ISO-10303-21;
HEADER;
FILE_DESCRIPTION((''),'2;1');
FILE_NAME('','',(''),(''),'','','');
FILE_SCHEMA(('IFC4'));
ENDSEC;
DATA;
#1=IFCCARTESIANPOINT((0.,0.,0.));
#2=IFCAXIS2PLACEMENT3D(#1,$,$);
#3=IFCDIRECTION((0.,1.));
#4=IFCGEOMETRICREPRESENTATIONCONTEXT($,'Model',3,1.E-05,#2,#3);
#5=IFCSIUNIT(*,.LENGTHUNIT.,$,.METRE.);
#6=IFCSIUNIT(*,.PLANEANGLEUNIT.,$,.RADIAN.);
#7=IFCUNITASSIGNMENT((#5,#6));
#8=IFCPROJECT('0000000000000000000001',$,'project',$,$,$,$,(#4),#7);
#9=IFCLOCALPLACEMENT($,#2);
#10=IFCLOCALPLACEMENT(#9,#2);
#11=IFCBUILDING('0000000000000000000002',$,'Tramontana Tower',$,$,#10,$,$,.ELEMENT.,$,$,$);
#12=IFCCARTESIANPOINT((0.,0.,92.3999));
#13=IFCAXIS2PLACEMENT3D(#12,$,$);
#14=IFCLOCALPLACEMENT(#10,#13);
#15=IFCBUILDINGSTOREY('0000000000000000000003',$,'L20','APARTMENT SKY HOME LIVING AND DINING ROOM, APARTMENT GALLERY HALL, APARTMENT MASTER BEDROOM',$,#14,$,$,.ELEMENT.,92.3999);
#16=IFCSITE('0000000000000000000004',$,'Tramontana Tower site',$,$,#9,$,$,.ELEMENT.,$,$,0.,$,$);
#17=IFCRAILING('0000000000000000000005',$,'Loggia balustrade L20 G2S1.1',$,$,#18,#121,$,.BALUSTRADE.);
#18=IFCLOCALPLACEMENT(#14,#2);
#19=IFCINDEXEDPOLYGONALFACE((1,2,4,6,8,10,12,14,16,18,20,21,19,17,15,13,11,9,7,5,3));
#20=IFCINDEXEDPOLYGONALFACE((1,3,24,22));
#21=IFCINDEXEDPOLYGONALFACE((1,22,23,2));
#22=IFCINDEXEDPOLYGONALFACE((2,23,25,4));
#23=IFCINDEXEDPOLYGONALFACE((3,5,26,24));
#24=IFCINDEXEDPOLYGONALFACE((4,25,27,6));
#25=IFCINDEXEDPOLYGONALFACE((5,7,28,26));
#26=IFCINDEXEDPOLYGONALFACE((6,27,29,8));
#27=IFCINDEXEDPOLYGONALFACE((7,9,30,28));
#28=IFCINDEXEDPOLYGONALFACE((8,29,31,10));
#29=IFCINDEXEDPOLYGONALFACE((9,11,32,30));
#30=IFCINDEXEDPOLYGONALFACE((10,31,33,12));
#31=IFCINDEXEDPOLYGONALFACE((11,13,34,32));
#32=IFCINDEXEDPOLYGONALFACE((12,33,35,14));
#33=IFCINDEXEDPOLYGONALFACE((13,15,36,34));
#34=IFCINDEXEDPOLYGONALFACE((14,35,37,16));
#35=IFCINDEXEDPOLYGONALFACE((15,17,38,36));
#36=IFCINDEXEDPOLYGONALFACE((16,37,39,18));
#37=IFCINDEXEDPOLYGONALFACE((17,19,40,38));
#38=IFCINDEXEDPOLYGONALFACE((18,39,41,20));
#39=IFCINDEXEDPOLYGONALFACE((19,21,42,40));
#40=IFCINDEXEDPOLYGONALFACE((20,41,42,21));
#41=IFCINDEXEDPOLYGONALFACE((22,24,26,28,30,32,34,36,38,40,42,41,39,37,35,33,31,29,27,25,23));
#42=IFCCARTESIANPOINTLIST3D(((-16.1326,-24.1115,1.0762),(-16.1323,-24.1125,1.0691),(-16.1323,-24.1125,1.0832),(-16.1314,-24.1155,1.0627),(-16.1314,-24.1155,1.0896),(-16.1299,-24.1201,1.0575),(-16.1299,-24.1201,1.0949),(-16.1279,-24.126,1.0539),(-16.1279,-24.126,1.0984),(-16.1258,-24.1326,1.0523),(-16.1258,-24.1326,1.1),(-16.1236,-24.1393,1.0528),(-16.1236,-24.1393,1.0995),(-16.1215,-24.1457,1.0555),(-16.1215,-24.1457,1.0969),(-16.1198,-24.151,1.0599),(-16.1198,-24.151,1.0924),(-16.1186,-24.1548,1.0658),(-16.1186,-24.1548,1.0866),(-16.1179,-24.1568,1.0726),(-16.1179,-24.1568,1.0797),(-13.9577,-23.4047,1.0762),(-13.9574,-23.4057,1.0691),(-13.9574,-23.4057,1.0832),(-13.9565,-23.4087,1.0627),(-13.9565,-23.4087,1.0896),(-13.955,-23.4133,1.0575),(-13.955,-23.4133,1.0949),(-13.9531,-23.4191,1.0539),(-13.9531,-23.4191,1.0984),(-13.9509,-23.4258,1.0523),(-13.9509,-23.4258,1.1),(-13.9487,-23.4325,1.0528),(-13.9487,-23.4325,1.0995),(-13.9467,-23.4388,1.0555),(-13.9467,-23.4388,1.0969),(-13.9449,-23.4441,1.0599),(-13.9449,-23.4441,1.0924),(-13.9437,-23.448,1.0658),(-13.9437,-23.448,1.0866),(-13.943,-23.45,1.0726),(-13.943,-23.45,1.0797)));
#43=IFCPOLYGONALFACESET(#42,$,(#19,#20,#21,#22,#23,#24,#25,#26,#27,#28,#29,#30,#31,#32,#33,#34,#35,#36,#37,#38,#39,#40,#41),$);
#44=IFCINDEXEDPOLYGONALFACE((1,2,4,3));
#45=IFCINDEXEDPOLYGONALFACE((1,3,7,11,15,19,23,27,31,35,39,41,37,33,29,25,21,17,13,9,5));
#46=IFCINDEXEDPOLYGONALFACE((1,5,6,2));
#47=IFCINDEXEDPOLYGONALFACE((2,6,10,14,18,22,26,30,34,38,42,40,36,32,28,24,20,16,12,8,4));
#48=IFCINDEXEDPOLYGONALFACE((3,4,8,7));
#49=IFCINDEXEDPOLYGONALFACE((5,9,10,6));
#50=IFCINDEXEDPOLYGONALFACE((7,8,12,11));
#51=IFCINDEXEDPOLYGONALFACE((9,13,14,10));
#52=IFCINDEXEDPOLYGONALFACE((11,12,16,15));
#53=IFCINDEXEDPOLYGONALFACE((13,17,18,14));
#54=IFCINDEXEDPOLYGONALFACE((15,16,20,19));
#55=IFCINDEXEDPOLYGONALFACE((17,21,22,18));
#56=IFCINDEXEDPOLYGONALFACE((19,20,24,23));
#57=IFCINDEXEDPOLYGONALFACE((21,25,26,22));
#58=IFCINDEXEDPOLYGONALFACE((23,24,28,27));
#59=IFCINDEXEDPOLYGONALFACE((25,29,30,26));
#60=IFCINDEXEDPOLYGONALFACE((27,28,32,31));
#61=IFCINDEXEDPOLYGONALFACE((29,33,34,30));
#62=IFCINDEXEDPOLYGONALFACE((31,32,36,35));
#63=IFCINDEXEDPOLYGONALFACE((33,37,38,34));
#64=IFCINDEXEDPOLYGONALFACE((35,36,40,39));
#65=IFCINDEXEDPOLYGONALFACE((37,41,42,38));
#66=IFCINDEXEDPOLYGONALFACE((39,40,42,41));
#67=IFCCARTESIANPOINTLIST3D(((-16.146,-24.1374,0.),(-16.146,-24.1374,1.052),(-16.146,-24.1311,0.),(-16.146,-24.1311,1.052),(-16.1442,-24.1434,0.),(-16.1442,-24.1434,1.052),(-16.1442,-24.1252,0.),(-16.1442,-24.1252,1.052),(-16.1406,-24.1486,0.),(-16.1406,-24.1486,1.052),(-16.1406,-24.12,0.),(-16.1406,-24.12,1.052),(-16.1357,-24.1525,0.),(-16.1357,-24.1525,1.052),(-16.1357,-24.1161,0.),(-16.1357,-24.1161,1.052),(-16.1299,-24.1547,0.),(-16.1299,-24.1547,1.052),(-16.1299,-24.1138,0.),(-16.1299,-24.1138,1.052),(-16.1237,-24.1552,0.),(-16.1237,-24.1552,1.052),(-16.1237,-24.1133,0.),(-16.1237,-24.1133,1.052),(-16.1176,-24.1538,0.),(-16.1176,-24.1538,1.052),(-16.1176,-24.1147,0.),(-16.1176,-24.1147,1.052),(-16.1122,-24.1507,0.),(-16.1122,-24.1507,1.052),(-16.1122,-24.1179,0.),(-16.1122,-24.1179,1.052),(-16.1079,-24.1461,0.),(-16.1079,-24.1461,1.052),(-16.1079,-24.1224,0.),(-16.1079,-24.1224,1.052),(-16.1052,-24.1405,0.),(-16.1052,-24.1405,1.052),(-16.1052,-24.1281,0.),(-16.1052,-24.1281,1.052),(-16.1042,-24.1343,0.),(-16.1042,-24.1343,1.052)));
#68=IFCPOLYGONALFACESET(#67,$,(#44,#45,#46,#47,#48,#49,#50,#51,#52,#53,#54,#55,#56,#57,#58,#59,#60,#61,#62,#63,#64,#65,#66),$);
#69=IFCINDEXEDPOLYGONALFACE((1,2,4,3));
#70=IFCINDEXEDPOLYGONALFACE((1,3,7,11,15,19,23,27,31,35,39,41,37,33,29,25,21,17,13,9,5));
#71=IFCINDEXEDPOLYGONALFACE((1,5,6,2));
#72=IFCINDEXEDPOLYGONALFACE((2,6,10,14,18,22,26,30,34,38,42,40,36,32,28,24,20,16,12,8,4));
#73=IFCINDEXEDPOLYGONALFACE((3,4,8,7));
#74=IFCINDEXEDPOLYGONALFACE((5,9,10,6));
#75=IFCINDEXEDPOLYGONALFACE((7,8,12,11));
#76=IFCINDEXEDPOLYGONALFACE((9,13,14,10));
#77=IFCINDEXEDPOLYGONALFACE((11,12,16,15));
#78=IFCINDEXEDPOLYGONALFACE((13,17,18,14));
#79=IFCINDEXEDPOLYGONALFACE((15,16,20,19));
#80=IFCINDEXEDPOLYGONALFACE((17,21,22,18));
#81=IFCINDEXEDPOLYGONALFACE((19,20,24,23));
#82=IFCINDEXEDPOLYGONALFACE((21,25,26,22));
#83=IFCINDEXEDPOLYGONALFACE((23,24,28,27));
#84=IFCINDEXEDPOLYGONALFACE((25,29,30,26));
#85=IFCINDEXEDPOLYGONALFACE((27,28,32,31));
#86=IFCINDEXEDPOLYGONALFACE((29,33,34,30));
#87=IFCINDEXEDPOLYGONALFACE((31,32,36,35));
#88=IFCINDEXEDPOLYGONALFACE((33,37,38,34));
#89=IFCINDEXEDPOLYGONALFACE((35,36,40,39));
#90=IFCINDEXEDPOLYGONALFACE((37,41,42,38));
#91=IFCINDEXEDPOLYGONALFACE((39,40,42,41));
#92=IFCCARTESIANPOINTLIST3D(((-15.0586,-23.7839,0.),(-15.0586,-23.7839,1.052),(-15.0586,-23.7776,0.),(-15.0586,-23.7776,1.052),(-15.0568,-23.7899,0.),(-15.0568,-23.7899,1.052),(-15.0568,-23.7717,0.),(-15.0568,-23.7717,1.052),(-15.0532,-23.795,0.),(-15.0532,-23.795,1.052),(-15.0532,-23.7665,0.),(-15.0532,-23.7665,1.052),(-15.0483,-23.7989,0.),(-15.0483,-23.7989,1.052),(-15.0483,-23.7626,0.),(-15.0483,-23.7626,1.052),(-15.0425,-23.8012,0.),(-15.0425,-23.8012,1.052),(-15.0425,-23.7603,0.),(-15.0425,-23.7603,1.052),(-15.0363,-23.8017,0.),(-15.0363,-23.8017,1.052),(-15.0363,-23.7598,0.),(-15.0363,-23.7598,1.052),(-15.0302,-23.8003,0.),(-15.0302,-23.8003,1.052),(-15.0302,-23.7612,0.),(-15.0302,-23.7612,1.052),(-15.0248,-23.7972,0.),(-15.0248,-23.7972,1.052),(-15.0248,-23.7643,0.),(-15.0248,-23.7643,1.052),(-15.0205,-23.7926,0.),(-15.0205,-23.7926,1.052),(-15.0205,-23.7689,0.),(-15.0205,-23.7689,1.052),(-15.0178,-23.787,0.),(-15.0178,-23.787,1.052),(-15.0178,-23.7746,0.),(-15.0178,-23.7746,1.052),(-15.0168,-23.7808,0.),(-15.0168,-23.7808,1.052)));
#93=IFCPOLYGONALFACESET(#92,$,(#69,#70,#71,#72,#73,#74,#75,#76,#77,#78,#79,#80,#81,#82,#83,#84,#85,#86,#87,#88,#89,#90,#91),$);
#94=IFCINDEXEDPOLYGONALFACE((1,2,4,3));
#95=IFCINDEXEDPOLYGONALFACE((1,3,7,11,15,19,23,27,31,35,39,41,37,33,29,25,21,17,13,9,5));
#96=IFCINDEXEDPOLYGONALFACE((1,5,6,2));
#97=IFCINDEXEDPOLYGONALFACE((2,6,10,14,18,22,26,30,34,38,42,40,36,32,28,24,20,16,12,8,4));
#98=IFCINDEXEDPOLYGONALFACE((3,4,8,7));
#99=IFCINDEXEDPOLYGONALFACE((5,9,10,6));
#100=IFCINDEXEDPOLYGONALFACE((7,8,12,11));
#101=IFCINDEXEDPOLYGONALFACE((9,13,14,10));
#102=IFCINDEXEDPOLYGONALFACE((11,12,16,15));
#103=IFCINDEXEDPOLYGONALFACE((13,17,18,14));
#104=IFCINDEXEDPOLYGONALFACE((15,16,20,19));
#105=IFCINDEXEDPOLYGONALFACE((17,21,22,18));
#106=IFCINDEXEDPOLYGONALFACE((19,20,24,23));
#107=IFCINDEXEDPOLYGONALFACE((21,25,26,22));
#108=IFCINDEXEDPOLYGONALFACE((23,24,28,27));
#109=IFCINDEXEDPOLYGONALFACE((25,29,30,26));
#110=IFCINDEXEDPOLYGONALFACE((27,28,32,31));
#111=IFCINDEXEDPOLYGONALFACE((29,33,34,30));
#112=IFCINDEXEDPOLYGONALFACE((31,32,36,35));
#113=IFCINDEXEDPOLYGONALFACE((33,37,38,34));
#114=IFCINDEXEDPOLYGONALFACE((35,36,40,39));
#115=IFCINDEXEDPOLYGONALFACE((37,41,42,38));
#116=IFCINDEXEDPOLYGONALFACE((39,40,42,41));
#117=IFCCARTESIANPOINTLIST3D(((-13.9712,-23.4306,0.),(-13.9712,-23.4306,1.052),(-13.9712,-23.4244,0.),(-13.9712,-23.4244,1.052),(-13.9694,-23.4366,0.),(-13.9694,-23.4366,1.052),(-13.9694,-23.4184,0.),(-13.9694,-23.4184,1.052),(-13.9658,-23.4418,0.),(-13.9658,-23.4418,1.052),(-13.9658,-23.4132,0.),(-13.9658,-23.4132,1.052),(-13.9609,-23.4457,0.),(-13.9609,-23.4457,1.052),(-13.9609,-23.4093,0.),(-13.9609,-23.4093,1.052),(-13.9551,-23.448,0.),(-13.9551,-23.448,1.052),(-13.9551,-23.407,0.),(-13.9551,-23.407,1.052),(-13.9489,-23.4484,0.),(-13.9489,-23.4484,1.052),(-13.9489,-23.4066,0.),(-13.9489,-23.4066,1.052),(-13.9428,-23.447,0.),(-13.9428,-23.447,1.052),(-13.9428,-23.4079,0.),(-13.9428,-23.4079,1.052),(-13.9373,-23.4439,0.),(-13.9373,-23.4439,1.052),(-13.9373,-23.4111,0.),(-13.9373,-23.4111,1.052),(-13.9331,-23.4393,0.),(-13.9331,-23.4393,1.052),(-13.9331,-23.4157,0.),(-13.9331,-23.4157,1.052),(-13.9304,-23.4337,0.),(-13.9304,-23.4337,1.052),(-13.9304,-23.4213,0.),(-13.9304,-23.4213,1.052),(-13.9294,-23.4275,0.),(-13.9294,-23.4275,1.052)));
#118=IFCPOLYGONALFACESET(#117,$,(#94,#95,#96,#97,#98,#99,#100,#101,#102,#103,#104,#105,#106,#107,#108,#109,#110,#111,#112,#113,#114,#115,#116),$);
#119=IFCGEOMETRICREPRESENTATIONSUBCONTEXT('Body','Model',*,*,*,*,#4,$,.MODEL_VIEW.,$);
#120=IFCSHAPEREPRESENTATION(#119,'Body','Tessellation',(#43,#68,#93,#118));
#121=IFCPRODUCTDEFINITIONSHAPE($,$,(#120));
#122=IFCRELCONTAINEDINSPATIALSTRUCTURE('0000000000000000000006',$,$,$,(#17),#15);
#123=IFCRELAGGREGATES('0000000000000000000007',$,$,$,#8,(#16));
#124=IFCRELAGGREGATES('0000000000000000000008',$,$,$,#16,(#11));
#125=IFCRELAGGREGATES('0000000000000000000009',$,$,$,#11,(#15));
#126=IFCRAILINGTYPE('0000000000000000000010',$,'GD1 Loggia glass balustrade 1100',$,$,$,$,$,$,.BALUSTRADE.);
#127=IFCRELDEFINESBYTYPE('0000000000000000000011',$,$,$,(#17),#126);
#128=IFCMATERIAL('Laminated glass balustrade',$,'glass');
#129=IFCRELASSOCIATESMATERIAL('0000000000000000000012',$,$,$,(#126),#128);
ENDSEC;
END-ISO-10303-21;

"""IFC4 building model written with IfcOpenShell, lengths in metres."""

from ifc_helpers import new_model, si_unit, direction, frame, origin, origin_2d, place, context, subcontext, project, spatial, circle, extrude, material, type_object, element, save


model = new_model("IFC4")

# Units and contexts
model_context = context("Model", 3, precision=1e-05, world=origin(), true_north=direction((0.0, 1.0)))
body_context = subcontext(model_context, "Body", "Model", "MODEL_VIEW")
ifc_project = project(units=[si_unit("LENGTHUNIT", "METRE"), si_unit("PLANEANGLEUNIT", "RADIAN")], contexts=[model_context])

# Site, building, storey
site_placement = place(None, origin())
site = spatial("IfcSite", under=ifc_project, at=site_placement, Name="Tramontana Tower site", CompositionType="ELEMENT", RefElevation=0.0)
building_placement = place(site_placement, origin())
building = spatial("IfcBuilding", under=site, at=building_placement, Name="Tramontana Tower", CompositionType="ELEMENT")
storey_placement = place(building_placement, frame((0.0, 0.0, 92.3999)))
storey = spatial("IfcBuildingStorey", under=building, at=storey_placement, Name="L20", Description="APARTMENT SKY HOME LIVING AND DINING ROOM, APARTMENT GALLERY HALL, APARTMENT MASTER BEDROOM", CompositionType="ELEMENT", Elevation=92.3999)

# Railing
ifc_material_1 = material(Name="Laminated glass balustrade", Category="glass")
railing_type = type_object("IfcRailingType", Name="GD1 Loggia glass balustrade 1100", PredefinedType="BALUSTRADE", material=ifc_material_1)
railing_1_placement = place(storey_placement, frame((-16.1252, -24.1343, 0.0)))
element("IfcRailing", 1, at=railing_1_placement, inside=storey, type_object=railing_type, Name="Loggia balustrade L20 G2S1.1", PredefinedType="BALUSTRADE", context=body_context, shape_type="SweptSolid", body=[
    extrude(circle(Radius=0.0239, at=origin_2d()), frame((0.0, 0.0, 1.0762), z_axis=(0.951037, 0.309076, 0.0), x_axis=(-0.309076, 0.951037, 0.0)), (0.0, 0.0, 1.0), 2.2869),
    extrude(circle(Radius=0.021, at=origin_2d()), origin(), (0.0, 0.0, 1.0), 1.052),
    extrude(circle(Radius=0.021, at=origin_2d()), frame((1.0874, 0.3535, 0.0)), (0.0, 0.0, 1.0), 1.052),
    extrude(circle(Radius=0.021, at=origin_2d()), frame((2.1748, 0.7068, 0.0)), (0.0, 0.0, 1.0), 1.052),
])

save(model, "model.ifc")
